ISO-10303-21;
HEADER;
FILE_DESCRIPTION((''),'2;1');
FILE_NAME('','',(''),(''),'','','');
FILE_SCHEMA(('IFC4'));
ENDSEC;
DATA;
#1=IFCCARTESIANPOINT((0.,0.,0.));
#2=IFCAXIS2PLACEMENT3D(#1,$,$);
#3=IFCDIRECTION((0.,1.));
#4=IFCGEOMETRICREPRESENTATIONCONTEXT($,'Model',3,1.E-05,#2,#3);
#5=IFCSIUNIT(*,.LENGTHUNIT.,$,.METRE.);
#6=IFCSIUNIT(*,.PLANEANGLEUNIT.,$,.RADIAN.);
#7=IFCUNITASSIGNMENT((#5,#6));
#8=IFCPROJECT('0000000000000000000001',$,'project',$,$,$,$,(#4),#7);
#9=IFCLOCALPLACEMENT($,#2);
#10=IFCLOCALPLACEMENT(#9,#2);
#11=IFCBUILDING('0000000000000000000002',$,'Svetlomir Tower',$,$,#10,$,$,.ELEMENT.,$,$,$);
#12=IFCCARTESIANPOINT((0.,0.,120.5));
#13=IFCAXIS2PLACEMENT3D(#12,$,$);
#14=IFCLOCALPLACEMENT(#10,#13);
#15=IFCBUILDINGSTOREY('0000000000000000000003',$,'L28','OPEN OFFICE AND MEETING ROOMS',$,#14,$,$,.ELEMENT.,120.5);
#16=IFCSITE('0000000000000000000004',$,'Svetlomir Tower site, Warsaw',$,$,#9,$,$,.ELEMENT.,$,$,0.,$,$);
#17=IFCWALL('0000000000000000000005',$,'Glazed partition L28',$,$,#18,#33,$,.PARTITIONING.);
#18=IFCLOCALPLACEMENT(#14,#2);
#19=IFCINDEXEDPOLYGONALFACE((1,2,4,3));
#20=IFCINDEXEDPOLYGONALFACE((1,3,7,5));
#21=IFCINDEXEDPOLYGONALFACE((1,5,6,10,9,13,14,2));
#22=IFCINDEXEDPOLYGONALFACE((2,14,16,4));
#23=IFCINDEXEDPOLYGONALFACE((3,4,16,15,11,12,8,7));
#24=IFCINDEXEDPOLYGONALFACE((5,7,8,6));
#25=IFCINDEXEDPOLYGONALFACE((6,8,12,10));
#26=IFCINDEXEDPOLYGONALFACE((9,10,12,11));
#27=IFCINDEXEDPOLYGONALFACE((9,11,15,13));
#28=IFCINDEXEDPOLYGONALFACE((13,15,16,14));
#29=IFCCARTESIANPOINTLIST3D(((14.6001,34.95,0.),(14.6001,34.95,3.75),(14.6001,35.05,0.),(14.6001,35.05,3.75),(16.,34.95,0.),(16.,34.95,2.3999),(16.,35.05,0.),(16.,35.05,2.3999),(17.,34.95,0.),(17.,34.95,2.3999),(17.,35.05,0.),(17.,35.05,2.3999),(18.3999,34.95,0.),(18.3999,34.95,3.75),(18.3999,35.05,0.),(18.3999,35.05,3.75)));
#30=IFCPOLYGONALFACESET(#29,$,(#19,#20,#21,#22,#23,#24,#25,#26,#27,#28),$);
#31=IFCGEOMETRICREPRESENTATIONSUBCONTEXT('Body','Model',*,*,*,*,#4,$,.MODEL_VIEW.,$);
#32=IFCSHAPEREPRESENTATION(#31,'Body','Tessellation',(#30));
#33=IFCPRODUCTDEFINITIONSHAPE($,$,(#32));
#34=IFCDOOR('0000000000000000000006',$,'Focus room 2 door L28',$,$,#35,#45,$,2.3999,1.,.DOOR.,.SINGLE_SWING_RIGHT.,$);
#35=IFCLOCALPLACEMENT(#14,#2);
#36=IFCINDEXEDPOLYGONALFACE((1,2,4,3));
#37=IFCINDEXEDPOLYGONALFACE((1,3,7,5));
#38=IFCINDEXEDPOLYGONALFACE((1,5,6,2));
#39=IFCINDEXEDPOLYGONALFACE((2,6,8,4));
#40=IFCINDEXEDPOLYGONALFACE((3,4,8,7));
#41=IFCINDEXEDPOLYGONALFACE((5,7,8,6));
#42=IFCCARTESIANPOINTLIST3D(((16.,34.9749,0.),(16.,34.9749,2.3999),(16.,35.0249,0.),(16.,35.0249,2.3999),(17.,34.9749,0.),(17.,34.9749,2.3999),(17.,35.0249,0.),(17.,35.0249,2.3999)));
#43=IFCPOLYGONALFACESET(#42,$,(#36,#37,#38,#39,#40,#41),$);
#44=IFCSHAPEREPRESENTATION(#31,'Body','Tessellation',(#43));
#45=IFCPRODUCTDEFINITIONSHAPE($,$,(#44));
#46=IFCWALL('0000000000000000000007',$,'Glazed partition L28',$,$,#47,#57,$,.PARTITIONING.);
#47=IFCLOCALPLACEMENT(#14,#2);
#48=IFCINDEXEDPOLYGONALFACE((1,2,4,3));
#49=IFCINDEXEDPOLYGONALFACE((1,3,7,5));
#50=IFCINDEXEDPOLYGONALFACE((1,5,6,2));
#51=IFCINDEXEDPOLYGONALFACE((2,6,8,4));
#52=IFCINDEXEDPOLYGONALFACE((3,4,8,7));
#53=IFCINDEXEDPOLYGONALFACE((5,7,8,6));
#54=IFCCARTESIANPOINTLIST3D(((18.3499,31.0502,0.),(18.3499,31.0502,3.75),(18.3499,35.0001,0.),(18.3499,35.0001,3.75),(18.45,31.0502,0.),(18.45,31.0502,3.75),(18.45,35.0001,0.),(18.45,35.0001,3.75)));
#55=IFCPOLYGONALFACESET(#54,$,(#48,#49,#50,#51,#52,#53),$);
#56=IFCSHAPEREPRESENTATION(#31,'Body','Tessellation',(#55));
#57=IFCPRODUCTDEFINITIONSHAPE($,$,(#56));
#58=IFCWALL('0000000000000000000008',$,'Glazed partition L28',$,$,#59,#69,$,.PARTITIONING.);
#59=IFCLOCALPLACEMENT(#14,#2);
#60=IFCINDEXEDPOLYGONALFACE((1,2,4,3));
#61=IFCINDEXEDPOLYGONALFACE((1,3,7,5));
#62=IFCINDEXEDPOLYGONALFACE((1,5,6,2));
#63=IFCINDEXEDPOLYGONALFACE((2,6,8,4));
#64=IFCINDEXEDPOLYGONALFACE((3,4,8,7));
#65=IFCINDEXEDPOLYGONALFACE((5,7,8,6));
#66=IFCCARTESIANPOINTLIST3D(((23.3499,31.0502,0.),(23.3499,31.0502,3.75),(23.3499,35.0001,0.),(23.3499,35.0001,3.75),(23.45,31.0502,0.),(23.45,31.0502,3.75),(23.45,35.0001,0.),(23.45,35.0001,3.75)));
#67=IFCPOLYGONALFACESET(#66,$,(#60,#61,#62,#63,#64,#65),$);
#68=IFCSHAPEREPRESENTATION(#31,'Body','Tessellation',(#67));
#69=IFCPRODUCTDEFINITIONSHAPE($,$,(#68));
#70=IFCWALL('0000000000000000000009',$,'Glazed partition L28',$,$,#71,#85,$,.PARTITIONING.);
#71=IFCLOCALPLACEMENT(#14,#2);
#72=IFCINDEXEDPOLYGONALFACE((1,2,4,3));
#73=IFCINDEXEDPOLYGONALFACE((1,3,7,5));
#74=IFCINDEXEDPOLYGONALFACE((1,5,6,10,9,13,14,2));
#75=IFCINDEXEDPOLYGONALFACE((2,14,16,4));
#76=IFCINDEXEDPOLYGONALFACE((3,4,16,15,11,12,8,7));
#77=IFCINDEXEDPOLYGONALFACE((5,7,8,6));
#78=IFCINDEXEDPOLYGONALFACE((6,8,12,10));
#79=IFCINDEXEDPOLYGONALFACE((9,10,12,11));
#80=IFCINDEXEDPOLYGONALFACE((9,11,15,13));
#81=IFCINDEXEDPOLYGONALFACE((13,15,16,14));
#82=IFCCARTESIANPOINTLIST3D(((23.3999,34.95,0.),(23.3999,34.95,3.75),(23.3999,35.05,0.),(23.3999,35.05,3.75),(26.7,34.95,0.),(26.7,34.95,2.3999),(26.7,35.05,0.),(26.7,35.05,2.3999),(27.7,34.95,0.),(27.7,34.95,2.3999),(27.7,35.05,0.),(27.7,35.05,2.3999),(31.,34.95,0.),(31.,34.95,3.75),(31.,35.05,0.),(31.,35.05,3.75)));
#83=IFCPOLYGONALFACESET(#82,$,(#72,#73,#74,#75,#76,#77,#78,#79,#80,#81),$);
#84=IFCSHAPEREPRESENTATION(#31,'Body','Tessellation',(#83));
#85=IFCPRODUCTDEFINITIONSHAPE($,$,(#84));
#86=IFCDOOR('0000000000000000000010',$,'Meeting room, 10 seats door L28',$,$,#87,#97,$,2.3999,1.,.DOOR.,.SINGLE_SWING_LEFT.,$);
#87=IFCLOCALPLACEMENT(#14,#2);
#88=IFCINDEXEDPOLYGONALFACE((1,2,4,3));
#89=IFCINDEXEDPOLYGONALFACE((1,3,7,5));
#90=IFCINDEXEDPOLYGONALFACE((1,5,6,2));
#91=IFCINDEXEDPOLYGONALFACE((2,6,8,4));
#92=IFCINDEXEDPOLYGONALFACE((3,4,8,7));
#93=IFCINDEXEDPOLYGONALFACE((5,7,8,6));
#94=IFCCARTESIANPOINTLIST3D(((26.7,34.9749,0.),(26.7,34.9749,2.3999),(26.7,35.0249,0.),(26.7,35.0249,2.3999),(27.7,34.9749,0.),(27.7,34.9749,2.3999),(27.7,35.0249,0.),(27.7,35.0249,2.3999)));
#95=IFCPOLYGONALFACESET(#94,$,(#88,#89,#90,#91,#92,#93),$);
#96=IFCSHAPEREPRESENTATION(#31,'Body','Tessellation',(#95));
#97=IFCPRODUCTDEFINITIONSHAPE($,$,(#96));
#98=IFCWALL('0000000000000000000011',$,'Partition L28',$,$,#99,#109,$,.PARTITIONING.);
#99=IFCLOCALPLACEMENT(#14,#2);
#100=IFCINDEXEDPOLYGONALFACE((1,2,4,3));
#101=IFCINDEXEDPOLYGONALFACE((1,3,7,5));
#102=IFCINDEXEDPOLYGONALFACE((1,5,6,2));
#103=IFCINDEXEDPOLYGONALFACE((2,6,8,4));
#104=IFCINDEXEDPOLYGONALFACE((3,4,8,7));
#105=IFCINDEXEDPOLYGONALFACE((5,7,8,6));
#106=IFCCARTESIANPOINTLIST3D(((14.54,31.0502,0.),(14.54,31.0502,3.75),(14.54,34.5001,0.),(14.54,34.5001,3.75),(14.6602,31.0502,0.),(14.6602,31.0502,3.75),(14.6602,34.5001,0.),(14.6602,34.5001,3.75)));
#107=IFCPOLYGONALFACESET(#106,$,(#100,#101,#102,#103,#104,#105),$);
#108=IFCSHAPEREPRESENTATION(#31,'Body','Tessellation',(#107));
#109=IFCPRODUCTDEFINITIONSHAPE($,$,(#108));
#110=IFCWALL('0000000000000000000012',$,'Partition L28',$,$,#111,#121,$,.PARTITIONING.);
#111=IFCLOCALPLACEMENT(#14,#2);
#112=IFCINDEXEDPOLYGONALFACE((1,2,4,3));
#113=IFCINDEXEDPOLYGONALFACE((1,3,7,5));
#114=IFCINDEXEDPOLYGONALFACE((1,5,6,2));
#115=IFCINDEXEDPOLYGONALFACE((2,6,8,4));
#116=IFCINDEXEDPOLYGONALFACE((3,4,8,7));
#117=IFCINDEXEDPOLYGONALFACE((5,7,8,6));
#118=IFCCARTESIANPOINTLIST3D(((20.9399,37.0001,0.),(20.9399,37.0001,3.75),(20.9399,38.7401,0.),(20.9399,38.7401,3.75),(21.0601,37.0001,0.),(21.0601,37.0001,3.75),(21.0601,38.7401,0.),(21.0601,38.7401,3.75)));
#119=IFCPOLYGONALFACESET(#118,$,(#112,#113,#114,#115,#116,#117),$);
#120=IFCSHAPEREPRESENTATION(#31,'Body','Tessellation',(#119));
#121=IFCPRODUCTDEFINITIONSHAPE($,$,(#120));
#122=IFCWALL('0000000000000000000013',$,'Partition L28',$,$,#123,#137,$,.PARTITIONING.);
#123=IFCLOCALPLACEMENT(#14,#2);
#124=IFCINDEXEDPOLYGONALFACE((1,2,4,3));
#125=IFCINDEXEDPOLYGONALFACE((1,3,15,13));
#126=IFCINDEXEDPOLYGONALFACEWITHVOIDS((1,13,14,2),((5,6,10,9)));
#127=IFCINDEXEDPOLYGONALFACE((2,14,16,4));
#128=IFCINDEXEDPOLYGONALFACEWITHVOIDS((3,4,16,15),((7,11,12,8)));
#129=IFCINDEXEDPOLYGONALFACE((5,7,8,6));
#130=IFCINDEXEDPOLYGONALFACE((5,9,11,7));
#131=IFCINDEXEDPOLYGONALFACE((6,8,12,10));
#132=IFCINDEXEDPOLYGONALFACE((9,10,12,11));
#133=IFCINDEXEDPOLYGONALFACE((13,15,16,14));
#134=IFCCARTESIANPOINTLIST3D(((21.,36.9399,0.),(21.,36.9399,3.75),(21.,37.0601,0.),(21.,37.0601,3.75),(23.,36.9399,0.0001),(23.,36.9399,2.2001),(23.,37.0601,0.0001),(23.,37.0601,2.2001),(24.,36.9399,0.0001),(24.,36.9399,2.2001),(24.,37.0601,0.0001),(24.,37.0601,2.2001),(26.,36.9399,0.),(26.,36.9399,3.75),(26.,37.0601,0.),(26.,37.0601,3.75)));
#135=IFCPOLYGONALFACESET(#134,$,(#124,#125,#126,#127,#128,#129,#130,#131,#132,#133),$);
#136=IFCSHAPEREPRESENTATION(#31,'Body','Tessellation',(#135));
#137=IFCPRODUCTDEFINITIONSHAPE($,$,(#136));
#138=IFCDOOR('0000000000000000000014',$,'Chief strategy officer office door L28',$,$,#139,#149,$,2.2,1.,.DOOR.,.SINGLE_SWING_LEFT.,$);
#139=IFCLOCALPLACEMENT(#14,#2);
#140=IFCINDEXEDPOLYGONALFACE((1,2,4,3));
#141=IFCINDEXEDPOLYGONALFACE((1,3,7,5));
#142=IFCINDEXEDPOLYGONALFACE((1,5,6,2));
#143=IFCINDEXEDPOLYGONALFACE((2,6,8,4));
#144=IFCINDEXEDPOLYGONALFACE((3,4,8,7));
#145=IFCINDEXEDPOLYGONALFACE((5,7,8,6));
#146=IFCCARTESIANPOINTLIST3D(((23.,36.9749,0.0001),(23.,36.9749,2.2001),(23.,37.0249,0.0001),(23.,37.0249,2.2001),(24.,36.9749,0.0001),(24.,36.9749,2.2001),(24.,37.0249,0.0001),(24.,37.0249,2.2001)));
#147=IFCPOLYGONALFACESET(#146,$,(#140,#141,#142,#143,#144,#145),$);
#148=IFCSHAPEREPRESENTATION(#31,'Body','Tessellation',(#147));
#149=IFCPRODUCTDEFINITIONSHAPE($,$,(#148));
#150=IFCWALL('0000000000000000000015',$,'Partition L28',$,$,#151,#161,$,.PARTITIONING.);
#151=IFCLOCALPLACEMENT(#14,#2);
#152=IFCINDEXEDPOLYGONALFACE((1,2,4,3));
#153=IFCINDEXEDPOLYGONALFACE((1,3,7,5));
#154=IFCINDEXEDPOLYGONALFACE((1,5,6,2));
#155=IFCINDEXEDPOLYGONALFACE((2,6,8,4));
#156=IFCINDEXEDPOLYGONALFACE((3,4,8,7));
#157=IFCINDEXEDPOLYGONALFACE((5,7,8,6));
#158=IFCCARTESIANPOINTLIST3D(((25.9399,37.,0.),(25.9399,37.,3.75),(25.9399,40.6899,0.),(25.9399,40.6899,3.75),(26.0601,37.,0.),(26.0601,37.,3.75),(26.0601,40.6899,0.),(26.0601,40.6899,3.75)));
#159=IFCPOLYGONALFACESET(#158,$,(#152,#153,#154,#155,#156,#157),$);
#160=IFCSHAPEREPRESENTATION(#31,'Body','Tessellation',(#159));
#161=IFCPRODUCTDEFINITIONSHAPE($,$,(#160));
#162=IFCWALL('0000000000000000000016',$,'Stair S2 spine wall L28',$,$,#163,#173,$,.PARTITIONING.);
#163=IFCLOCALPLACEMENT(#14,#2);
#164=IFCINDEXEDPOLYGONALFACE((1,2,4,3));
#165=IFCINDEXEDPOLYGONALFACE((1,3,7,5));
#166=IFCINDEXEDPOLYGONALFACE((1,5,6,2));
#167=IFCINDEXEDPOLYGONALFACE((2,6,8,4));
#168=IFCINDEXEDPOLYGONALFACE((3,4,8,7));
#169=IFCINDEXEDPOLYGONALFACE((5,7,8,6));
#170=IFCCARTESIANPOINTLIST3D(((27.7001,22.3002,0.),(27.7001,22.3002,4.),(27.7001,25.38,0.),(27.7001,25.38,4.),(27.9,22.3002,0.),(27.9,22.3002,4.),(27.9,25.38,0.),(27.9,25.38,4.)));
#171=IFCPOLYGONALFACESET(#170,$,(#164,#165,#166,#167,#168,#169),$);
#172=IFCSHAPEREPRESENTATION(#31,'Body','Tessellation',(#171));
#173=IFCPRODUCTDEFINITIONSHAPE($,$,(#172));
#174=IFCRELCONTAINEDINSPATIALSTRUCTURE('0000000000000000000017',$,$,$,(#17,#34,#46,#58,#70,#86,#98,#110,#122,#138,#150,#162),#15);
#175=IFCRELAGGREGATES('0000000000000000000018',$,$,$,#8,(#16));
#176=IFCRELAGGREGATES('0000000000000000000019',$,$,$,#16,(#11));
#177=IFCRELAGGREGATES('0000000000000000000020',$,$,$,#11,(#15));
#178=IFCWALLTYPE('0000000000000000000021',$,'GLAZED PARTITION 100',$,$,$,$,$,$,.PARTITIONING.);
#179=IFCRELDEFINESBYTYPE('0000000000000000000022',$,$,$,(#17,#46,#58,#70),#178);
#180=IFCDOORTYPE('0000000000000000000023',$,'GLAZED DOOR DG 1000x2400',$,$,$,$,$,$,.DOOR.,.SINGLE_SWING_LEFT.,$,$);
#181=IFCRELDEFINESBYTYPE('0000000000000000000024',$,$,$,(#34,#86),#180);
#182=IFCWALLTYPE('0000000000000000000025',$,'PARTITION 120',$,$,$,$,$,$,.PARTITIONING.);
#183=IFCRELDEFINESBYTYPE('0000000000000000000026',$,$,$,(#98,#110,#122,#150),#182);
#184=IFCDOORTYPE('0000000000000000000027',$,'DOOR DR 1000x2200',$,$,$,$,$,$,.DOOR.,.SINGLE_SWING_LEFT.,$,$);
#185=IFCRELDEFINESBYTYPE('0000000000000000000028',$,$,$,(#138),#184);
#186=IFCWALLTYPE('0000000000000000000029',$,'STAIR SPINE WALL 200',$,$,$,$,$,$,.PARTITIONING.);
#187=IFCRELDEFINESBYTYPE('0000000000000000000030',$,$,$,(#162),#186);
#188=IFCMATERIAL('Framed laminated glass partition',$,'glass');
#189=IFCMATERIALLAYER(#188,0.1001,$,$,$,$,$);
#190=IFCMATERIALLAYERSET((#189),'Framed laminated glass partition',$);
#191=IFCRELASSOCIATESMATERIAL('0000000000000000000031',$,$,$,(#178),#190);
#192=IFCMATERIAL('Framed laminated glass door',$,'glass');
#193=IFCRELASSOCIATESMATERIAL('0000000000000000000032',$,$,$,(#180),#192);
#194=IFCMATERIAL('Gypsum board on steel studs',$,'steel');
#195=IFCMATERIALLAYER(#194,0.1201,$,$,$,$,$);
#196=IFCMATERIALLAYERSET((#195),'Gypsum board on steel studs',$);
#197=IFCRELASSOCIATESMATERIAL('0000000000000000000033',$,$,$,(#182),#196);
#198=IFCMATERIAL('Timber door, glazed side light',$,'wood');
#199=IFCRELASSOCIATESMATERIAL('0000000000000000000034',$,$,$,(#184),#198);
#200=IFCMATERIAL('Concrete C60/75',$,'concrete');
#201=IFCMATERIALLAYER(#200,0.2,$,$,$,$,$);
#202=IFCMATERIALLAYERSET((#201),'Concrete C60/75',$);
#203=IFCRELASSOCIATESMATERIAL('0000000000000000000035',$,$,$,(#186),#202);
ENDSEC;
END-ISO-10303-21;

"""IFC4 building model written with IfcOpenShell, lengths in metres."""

from ifc_helpers import new_model, si_unit, direction, frame, frame_2d, origin, place, context, subcontext, project, spatial, rectangle, extrude, material, layer, layer_set, type_object, element, fill, save


model = new_model("IFC4")

# Units and contexts
model_context = context("Model", 3, precision=1e-05, world=origin(), true_north=direction((0.0, 1.0)))
body_context = subcontext(model_context, "Body", "Model", "MODEL_VIEW")
ifc_project = project(units=[si_unit("LENGTHUNIT", "METRE"), si_unit("PLANEANGLEUNIT", "RADIAN")], contexts=[model_context])

# Site, building, storey
site_placement = place(None, origin())
site = spatial("IfcSite", under=ifc_project, at=site_placement, Name="Svetlomir Tower site, Warsaw", CompositionType="ELEMENT", RefElevation=0.0)
building_placement = place(site_placement, origin())
building = spatial("IfcBuilding", under=site, at=building_placement, Name="Svetlomir Tower", CompositionType="ELEMENT")
storey_placement = place(building_placement, frame((0.0, 0.0, 120.5)))
storey = spatial("IfcBuildingStorey", under=building, at=storey_placement, Name="L28", Description="OPEN OFFICE AND MEETING ROOMS", CompositionType="ELEMENT", Elevation=120.5)

# Shared definitions
ifc_material_1 = material(Name="Framed laminated glass partition", Category="glass")
ifc_layer_1 = layer(ifc_material_1, 0.1001)
ifc_layer_set_1 = layer_set([ifc_layer_1], Name="Framed laminated glass partition")
wall_type_1 = type_object("IfcWallType", Name="GLAZED PARTITION 100", PredefinedType="PARTITIONING", material=ifc_layer_set_1)

# Wall, opening, door
wall_1_placement = place(storey_placement, frame((14.6001, 35.0, 0.0), z_axis=(0.0, 0.0, 1.0), x_axis=(1.0, 0.0, 0.0)))
wall_1 = element("IfcWall", 1, at=wall_1_placement, inside=storey, type_object=wall_type_1, Name="Glazed partition L28", PredefinedType="PARTITIONING", context=body_context, shape_type="SweptSolid", body=[
    extrude(rectangle(XDim=3.7998, YDim=0.1001, at=frame_2d((1.8999, 0.0))), origin(), (0.0, 0.0, 1.0), 3.75),
])
opening_1_placement = place(wall_1_placement, frame((1.3999, 0.0, 0.0)))
opening_1 = element("IfcOpeningElement", 2, at=opening_1_placement, cuts=wall_1, PredefinedType="OPENING", context=body_context, shape_type="SweptSolid", body=[
    extrude(rectangle(XDim=1.0, YDim=2.3999, at=frame_2d((0.5, 1.2))), frame((0.0, 0.0601, 0.0), z_axis=(0.0, -1.0, 0.0), x_axis=(1.0, 0.0, 0.0)), (0.0, 0.0, 1.0), 0.1201),
])
ifc_material_2 = material(Name="Framed laminated glass door", Category="glass")
door_type_1 = type_object("IfcDoorType", Name="GLAZED DOOR DG 1000x2400", OperationType="SINGLE_SWING_LEFT", PredefinedType="DOOR", material=ifc_material_2)
door_1_placement = place(opening_1_placement, origin())
door_1 = element("IfcDoor", 3, at=door_1_placement, inside=storey, type_object=door_type_1, Name="Focus room 2 door L28", OperationType="SINGLE_SWING_RIGHT", OverallHeight=2.3999, OverallWidth=1.0, PredefinedType="DOOR", context=body_context, shape_type="SweptSolid", body=[
    extrude(rectangle(XDim=1.0, YDim=2.3999, at=frame_2d((0.5, 1.2))), frame((0.0, 0.0249, 0.0), z_axis=(0.0, -1.0, 0.0), x_axis=(1.0, 0.0, 0.0)), (0.0, 0.0, 1.0), 0.05),
])
fill(opening_1, door_1)

# Walls
for number, where, z_axis, x_axis, name in (
    (4, (18.3999, 31.05, 0.0), (0.0, 0.0, 1.0), (0.0, 1.0, 0.0), "Glazed partition L28"),
    (5, (23.3999, 31.05, 0.0), (0.0, 0.0, 1.0), (0.0, 1.0, 0.0), "Glazed partition L28"),
):
    element("IfcWall", number, at=place(storey_placement, frame(where, z_axis=z_axis, x_axis=x_axis)), inside=storey, type_object=wall_type_1, Name=name, PredefinedType="PARTITIONING", context=body_context, shape_type="SweptSolid", body=[
        extrude(rectangle(XDim=3.95, YDim=0.1001, at=frame_2d((1.9751, 0.0))), origin(), (0.0, 0.0, 1.0), 3.75),
    ])

# Wall, opening, door
wall_2_placement = place(storey_placement, frame((23.3999, 35.0, 0.0), z_axis=(0.0, 0.0, 1.0), x_axis=(1.0, 0.0, 0.0)))
wall_2 = element("IfcWall", 6, at=wall_2_placement, inside=storey, type_object=wall_type_1, Name="Glazed partition L28", PredefinedType="PARTITIONING", context=body_context, shape_type="SweptSolid", body=[
    extrude(rectangle(XDim=7.6001, YDim=0.1001, at=frame_2d((3.8, 0.0))), origin(), (0.0, 0.0, 1.0), 3.75),
])
opening_2_placement = place(wall_2_placement, frame((3.3, 0.0, 0.0)))
opening_2 = element("IfcOpeningElement", 7, at=opening_2_placement, cuts=wall_2, PredefinedType="OPENING", context=body_context, shape_type="SweptSolid", body=[
    extrude(rectangle(XDim=1.0, YDim=2.3999, at=frame_2d((0.5, 1.2))), frame((0.0, 0.0601, 0.0), z_axis=(0.0, -1.0, 0.0), x_axis=(1.0, 0.0, 0.0)), (0.0, 0.0, 1.0), 0.1201),
])
door_2_placement = place(opening_2_placement, origin())
door_2 = element("IfcDoor", 8, at=door_2_placement, inside=storey, type_object=door_type_1, Name="Meeting room, 10 seats door L28", OperationType="SINGLE_SWING_LEFT", OverallHeight=2.3999, OverallWidth=1.0, PredefinedType="DOOR", context=body_context, shape_type="SweptSolid", body=[
    extrude(rectangle(XDim=1.0, YDim=2.3999, at=frame_2d((0.5, 1.2))), frame((0.0, 0.0249, 0.0), z_axis=(0.0, -1.0, 0.0), x_axis=(1.0, 0.0, 0.0)), (0.0, 0.0, 1.0), 0.05),
])
fill(opening_2, door_2)

# Walls
ifc_material_3 = material(Name="Gypsum board on steel studs", Category="steel")
ifc_layer_2 = layer(ifc_material_3, 0.1201)
ifc_layer_set_2 = layer_set([ifc_layer_2], Name="Gypsum board on steel studs")
wall_type_2 = type_object("IfcWallType", Name="PARTITION 120", PredefinedType="PARTITIONING", material=ifc_layer_set_2)
wall_3_placement = place(storey_placement, frame((14.6001, 31.05, 0.0), z_axis=(0.0, 0.0, 1.0), x_axis=(0.0, 1.0, 0.0)))
element("IfcWall", 9, at=wall_3_placement, inside=storey, type_object=wall_type_2, Name="Partition L28", PredefinedType="PARTITIONING", context=body_context, shape_type="SweptSolid", body=[
    extrude(rectangle(XDim=3.45, YDim=0.1201, at=frame_2d((1.7251, 0.0))), origin(), (0.0, 0.0, 1.0), 3.75),
])
wall_4_placement = place(storey_placement, frame((21.0, 37.0, 0.0), z_axis=(0.0, 0.0, 1.0), x_axis=(0.0, 1.0, 0.0)))
element("IfcWall", 10, at=wall_4_placement, inside=storey, type_object=wall_type_2, Name="Partition L28", PredefinedType="PARTITIONING", context=body_context, shape_type="SweptSolid", body=[
    extrude(rectangle(XDim=1.74, YDim=0.1201, at=frame_2d((0.8701, 0.0))), origin(), (0.0, 0.0, 1.0), 3.75),
])

# Wall, opening, door
wall_5_placement = place(storey_placement, frame((21.0, 37.0, 0.0), z_axis=(0.0, 0.0, 1.0), x_axis=(1.0, 0.0, 0.0)))
wall_5 = element("IfcWall", 11, at=wall_5_placement, inside=storey, type_object=wall_type_2, Name="Partition L28", PredefinedType="PARTITIONING", context=body_context, shape_type="SweptSolid", body=[
    extrude(rectangle(XDim=5.0, YDim=0.1201, at=frame_2d((2.5, 0.0))), origin(), (0.0, 0.0, 1.0), 3.75),
])
opening_3_placement = place(wall_5_placement, frame((2.0, 0.0, 0.0)))
opening_3 = element("IfcOpeningElement", 12, at=opening_3_placement, cuts=wall_5, PredefinedType="OPENING", context=body_context, shape_type="SweptSolid", body=[
    extrude(rectangle(XDim=1.0, YDim=2.2, at=frame_2d((0.5, 1.1001))), frame((0.0, 0.0701, 0.0), z_axis=(0.0, -1.0, 0.0), x_axis=(1.0, 0.0, 0.0)), (0.0, 0.0, 1.0), 0.1401),
])
ifc_material_4 = material(Name="Timber door, glazed side light", Category="wood")
door_type_2 = type_object("IfcDoorType", Name="DOOR DR 1000x2200", OperationType="SINGLE_SWING_LEFT", PredefinedType="DOOR", material=ifc_material_4)
door_3_placement = place(opening_3_placement, origin())
door_3 = element("IfcDoor", 13, at=door_3_placement, inside=storey, type_object=door_type_2, Name="Chief strategy officer office door L28", OperationType="SINGLE_SWING_LEFT", OverallHeight=2.2, OverallWidth=1.0, PredefinedType="DOOR", context=body_context, shape_type="SweptSolid", body=[
    extrude(rectangle(XDim=1.0, YDim=2.2, at=frame_2d((0.5, 1.1001))), frame((0.0, 0.0249, 0.0), z_axis=(0.0, -1.0, 0.0), x_axis=(1.0, 0.0, 0.0)), (0.0, 0.0, 1.0), 0.05),
])
fill(opening_3, door_3)

# Walls
wall_6_placement = place(storey_placement, frame((26.0, 37.0, 0.0), z_axis=(0.0, 0.0, 1.0), x_axis=(0.0, 1.0, 0.0)))
element("IfcWall", 14, at=wall_6_placement, inside=storey, type_object=wall_type_2, Name="Partition L28", PredefinedType="PARTITIONING", context=body_context, shape_type="SweptSolid", body=[
    extrude(rectangle(XDim=3.6899, YDim=0.1201, at=frame_2d((1.845, 0.0))), origin(), (0.0, 0.0, 1.0), 3.75),
])
ifc_material_5 = material(Name="Concrete C60/75", Category="concrete")
ifc_layer_3 = layer(ifc_material_5, 0.2)
ifc_layer_set_3 = layer_set([ifc_layer_3], Name="Concrete C60/75")
wall_type_3 = type_object("IfcWallType", Name="STAIR SPINE WALL 200", PredefinedType="PARTITIONING", material=ifc_layer_set_3)
wall_7_placement = place(storey_placement, frame((27.8, 22.3, 0.0), z_axis=(0.0, 0.0, 1.0), x_axis=(0.0, 1.0, 0.0)))
element("IfcWall", 15, at=wall_7_placement, inside=storey, type_object=wall_type_3, Name="Stair S2 spine wall L28", PredefinedType="PARTITIONING", context=body_context, shape_type="SweptSolid", body=[
    extrude(rectangle(XDim=3.0798, YDim=0.2, at=frame_2d((1.54, 0.0))), origin(), (0.0, 0.0, 1.0), 4.0),
])

save(model, "model.ifc")
